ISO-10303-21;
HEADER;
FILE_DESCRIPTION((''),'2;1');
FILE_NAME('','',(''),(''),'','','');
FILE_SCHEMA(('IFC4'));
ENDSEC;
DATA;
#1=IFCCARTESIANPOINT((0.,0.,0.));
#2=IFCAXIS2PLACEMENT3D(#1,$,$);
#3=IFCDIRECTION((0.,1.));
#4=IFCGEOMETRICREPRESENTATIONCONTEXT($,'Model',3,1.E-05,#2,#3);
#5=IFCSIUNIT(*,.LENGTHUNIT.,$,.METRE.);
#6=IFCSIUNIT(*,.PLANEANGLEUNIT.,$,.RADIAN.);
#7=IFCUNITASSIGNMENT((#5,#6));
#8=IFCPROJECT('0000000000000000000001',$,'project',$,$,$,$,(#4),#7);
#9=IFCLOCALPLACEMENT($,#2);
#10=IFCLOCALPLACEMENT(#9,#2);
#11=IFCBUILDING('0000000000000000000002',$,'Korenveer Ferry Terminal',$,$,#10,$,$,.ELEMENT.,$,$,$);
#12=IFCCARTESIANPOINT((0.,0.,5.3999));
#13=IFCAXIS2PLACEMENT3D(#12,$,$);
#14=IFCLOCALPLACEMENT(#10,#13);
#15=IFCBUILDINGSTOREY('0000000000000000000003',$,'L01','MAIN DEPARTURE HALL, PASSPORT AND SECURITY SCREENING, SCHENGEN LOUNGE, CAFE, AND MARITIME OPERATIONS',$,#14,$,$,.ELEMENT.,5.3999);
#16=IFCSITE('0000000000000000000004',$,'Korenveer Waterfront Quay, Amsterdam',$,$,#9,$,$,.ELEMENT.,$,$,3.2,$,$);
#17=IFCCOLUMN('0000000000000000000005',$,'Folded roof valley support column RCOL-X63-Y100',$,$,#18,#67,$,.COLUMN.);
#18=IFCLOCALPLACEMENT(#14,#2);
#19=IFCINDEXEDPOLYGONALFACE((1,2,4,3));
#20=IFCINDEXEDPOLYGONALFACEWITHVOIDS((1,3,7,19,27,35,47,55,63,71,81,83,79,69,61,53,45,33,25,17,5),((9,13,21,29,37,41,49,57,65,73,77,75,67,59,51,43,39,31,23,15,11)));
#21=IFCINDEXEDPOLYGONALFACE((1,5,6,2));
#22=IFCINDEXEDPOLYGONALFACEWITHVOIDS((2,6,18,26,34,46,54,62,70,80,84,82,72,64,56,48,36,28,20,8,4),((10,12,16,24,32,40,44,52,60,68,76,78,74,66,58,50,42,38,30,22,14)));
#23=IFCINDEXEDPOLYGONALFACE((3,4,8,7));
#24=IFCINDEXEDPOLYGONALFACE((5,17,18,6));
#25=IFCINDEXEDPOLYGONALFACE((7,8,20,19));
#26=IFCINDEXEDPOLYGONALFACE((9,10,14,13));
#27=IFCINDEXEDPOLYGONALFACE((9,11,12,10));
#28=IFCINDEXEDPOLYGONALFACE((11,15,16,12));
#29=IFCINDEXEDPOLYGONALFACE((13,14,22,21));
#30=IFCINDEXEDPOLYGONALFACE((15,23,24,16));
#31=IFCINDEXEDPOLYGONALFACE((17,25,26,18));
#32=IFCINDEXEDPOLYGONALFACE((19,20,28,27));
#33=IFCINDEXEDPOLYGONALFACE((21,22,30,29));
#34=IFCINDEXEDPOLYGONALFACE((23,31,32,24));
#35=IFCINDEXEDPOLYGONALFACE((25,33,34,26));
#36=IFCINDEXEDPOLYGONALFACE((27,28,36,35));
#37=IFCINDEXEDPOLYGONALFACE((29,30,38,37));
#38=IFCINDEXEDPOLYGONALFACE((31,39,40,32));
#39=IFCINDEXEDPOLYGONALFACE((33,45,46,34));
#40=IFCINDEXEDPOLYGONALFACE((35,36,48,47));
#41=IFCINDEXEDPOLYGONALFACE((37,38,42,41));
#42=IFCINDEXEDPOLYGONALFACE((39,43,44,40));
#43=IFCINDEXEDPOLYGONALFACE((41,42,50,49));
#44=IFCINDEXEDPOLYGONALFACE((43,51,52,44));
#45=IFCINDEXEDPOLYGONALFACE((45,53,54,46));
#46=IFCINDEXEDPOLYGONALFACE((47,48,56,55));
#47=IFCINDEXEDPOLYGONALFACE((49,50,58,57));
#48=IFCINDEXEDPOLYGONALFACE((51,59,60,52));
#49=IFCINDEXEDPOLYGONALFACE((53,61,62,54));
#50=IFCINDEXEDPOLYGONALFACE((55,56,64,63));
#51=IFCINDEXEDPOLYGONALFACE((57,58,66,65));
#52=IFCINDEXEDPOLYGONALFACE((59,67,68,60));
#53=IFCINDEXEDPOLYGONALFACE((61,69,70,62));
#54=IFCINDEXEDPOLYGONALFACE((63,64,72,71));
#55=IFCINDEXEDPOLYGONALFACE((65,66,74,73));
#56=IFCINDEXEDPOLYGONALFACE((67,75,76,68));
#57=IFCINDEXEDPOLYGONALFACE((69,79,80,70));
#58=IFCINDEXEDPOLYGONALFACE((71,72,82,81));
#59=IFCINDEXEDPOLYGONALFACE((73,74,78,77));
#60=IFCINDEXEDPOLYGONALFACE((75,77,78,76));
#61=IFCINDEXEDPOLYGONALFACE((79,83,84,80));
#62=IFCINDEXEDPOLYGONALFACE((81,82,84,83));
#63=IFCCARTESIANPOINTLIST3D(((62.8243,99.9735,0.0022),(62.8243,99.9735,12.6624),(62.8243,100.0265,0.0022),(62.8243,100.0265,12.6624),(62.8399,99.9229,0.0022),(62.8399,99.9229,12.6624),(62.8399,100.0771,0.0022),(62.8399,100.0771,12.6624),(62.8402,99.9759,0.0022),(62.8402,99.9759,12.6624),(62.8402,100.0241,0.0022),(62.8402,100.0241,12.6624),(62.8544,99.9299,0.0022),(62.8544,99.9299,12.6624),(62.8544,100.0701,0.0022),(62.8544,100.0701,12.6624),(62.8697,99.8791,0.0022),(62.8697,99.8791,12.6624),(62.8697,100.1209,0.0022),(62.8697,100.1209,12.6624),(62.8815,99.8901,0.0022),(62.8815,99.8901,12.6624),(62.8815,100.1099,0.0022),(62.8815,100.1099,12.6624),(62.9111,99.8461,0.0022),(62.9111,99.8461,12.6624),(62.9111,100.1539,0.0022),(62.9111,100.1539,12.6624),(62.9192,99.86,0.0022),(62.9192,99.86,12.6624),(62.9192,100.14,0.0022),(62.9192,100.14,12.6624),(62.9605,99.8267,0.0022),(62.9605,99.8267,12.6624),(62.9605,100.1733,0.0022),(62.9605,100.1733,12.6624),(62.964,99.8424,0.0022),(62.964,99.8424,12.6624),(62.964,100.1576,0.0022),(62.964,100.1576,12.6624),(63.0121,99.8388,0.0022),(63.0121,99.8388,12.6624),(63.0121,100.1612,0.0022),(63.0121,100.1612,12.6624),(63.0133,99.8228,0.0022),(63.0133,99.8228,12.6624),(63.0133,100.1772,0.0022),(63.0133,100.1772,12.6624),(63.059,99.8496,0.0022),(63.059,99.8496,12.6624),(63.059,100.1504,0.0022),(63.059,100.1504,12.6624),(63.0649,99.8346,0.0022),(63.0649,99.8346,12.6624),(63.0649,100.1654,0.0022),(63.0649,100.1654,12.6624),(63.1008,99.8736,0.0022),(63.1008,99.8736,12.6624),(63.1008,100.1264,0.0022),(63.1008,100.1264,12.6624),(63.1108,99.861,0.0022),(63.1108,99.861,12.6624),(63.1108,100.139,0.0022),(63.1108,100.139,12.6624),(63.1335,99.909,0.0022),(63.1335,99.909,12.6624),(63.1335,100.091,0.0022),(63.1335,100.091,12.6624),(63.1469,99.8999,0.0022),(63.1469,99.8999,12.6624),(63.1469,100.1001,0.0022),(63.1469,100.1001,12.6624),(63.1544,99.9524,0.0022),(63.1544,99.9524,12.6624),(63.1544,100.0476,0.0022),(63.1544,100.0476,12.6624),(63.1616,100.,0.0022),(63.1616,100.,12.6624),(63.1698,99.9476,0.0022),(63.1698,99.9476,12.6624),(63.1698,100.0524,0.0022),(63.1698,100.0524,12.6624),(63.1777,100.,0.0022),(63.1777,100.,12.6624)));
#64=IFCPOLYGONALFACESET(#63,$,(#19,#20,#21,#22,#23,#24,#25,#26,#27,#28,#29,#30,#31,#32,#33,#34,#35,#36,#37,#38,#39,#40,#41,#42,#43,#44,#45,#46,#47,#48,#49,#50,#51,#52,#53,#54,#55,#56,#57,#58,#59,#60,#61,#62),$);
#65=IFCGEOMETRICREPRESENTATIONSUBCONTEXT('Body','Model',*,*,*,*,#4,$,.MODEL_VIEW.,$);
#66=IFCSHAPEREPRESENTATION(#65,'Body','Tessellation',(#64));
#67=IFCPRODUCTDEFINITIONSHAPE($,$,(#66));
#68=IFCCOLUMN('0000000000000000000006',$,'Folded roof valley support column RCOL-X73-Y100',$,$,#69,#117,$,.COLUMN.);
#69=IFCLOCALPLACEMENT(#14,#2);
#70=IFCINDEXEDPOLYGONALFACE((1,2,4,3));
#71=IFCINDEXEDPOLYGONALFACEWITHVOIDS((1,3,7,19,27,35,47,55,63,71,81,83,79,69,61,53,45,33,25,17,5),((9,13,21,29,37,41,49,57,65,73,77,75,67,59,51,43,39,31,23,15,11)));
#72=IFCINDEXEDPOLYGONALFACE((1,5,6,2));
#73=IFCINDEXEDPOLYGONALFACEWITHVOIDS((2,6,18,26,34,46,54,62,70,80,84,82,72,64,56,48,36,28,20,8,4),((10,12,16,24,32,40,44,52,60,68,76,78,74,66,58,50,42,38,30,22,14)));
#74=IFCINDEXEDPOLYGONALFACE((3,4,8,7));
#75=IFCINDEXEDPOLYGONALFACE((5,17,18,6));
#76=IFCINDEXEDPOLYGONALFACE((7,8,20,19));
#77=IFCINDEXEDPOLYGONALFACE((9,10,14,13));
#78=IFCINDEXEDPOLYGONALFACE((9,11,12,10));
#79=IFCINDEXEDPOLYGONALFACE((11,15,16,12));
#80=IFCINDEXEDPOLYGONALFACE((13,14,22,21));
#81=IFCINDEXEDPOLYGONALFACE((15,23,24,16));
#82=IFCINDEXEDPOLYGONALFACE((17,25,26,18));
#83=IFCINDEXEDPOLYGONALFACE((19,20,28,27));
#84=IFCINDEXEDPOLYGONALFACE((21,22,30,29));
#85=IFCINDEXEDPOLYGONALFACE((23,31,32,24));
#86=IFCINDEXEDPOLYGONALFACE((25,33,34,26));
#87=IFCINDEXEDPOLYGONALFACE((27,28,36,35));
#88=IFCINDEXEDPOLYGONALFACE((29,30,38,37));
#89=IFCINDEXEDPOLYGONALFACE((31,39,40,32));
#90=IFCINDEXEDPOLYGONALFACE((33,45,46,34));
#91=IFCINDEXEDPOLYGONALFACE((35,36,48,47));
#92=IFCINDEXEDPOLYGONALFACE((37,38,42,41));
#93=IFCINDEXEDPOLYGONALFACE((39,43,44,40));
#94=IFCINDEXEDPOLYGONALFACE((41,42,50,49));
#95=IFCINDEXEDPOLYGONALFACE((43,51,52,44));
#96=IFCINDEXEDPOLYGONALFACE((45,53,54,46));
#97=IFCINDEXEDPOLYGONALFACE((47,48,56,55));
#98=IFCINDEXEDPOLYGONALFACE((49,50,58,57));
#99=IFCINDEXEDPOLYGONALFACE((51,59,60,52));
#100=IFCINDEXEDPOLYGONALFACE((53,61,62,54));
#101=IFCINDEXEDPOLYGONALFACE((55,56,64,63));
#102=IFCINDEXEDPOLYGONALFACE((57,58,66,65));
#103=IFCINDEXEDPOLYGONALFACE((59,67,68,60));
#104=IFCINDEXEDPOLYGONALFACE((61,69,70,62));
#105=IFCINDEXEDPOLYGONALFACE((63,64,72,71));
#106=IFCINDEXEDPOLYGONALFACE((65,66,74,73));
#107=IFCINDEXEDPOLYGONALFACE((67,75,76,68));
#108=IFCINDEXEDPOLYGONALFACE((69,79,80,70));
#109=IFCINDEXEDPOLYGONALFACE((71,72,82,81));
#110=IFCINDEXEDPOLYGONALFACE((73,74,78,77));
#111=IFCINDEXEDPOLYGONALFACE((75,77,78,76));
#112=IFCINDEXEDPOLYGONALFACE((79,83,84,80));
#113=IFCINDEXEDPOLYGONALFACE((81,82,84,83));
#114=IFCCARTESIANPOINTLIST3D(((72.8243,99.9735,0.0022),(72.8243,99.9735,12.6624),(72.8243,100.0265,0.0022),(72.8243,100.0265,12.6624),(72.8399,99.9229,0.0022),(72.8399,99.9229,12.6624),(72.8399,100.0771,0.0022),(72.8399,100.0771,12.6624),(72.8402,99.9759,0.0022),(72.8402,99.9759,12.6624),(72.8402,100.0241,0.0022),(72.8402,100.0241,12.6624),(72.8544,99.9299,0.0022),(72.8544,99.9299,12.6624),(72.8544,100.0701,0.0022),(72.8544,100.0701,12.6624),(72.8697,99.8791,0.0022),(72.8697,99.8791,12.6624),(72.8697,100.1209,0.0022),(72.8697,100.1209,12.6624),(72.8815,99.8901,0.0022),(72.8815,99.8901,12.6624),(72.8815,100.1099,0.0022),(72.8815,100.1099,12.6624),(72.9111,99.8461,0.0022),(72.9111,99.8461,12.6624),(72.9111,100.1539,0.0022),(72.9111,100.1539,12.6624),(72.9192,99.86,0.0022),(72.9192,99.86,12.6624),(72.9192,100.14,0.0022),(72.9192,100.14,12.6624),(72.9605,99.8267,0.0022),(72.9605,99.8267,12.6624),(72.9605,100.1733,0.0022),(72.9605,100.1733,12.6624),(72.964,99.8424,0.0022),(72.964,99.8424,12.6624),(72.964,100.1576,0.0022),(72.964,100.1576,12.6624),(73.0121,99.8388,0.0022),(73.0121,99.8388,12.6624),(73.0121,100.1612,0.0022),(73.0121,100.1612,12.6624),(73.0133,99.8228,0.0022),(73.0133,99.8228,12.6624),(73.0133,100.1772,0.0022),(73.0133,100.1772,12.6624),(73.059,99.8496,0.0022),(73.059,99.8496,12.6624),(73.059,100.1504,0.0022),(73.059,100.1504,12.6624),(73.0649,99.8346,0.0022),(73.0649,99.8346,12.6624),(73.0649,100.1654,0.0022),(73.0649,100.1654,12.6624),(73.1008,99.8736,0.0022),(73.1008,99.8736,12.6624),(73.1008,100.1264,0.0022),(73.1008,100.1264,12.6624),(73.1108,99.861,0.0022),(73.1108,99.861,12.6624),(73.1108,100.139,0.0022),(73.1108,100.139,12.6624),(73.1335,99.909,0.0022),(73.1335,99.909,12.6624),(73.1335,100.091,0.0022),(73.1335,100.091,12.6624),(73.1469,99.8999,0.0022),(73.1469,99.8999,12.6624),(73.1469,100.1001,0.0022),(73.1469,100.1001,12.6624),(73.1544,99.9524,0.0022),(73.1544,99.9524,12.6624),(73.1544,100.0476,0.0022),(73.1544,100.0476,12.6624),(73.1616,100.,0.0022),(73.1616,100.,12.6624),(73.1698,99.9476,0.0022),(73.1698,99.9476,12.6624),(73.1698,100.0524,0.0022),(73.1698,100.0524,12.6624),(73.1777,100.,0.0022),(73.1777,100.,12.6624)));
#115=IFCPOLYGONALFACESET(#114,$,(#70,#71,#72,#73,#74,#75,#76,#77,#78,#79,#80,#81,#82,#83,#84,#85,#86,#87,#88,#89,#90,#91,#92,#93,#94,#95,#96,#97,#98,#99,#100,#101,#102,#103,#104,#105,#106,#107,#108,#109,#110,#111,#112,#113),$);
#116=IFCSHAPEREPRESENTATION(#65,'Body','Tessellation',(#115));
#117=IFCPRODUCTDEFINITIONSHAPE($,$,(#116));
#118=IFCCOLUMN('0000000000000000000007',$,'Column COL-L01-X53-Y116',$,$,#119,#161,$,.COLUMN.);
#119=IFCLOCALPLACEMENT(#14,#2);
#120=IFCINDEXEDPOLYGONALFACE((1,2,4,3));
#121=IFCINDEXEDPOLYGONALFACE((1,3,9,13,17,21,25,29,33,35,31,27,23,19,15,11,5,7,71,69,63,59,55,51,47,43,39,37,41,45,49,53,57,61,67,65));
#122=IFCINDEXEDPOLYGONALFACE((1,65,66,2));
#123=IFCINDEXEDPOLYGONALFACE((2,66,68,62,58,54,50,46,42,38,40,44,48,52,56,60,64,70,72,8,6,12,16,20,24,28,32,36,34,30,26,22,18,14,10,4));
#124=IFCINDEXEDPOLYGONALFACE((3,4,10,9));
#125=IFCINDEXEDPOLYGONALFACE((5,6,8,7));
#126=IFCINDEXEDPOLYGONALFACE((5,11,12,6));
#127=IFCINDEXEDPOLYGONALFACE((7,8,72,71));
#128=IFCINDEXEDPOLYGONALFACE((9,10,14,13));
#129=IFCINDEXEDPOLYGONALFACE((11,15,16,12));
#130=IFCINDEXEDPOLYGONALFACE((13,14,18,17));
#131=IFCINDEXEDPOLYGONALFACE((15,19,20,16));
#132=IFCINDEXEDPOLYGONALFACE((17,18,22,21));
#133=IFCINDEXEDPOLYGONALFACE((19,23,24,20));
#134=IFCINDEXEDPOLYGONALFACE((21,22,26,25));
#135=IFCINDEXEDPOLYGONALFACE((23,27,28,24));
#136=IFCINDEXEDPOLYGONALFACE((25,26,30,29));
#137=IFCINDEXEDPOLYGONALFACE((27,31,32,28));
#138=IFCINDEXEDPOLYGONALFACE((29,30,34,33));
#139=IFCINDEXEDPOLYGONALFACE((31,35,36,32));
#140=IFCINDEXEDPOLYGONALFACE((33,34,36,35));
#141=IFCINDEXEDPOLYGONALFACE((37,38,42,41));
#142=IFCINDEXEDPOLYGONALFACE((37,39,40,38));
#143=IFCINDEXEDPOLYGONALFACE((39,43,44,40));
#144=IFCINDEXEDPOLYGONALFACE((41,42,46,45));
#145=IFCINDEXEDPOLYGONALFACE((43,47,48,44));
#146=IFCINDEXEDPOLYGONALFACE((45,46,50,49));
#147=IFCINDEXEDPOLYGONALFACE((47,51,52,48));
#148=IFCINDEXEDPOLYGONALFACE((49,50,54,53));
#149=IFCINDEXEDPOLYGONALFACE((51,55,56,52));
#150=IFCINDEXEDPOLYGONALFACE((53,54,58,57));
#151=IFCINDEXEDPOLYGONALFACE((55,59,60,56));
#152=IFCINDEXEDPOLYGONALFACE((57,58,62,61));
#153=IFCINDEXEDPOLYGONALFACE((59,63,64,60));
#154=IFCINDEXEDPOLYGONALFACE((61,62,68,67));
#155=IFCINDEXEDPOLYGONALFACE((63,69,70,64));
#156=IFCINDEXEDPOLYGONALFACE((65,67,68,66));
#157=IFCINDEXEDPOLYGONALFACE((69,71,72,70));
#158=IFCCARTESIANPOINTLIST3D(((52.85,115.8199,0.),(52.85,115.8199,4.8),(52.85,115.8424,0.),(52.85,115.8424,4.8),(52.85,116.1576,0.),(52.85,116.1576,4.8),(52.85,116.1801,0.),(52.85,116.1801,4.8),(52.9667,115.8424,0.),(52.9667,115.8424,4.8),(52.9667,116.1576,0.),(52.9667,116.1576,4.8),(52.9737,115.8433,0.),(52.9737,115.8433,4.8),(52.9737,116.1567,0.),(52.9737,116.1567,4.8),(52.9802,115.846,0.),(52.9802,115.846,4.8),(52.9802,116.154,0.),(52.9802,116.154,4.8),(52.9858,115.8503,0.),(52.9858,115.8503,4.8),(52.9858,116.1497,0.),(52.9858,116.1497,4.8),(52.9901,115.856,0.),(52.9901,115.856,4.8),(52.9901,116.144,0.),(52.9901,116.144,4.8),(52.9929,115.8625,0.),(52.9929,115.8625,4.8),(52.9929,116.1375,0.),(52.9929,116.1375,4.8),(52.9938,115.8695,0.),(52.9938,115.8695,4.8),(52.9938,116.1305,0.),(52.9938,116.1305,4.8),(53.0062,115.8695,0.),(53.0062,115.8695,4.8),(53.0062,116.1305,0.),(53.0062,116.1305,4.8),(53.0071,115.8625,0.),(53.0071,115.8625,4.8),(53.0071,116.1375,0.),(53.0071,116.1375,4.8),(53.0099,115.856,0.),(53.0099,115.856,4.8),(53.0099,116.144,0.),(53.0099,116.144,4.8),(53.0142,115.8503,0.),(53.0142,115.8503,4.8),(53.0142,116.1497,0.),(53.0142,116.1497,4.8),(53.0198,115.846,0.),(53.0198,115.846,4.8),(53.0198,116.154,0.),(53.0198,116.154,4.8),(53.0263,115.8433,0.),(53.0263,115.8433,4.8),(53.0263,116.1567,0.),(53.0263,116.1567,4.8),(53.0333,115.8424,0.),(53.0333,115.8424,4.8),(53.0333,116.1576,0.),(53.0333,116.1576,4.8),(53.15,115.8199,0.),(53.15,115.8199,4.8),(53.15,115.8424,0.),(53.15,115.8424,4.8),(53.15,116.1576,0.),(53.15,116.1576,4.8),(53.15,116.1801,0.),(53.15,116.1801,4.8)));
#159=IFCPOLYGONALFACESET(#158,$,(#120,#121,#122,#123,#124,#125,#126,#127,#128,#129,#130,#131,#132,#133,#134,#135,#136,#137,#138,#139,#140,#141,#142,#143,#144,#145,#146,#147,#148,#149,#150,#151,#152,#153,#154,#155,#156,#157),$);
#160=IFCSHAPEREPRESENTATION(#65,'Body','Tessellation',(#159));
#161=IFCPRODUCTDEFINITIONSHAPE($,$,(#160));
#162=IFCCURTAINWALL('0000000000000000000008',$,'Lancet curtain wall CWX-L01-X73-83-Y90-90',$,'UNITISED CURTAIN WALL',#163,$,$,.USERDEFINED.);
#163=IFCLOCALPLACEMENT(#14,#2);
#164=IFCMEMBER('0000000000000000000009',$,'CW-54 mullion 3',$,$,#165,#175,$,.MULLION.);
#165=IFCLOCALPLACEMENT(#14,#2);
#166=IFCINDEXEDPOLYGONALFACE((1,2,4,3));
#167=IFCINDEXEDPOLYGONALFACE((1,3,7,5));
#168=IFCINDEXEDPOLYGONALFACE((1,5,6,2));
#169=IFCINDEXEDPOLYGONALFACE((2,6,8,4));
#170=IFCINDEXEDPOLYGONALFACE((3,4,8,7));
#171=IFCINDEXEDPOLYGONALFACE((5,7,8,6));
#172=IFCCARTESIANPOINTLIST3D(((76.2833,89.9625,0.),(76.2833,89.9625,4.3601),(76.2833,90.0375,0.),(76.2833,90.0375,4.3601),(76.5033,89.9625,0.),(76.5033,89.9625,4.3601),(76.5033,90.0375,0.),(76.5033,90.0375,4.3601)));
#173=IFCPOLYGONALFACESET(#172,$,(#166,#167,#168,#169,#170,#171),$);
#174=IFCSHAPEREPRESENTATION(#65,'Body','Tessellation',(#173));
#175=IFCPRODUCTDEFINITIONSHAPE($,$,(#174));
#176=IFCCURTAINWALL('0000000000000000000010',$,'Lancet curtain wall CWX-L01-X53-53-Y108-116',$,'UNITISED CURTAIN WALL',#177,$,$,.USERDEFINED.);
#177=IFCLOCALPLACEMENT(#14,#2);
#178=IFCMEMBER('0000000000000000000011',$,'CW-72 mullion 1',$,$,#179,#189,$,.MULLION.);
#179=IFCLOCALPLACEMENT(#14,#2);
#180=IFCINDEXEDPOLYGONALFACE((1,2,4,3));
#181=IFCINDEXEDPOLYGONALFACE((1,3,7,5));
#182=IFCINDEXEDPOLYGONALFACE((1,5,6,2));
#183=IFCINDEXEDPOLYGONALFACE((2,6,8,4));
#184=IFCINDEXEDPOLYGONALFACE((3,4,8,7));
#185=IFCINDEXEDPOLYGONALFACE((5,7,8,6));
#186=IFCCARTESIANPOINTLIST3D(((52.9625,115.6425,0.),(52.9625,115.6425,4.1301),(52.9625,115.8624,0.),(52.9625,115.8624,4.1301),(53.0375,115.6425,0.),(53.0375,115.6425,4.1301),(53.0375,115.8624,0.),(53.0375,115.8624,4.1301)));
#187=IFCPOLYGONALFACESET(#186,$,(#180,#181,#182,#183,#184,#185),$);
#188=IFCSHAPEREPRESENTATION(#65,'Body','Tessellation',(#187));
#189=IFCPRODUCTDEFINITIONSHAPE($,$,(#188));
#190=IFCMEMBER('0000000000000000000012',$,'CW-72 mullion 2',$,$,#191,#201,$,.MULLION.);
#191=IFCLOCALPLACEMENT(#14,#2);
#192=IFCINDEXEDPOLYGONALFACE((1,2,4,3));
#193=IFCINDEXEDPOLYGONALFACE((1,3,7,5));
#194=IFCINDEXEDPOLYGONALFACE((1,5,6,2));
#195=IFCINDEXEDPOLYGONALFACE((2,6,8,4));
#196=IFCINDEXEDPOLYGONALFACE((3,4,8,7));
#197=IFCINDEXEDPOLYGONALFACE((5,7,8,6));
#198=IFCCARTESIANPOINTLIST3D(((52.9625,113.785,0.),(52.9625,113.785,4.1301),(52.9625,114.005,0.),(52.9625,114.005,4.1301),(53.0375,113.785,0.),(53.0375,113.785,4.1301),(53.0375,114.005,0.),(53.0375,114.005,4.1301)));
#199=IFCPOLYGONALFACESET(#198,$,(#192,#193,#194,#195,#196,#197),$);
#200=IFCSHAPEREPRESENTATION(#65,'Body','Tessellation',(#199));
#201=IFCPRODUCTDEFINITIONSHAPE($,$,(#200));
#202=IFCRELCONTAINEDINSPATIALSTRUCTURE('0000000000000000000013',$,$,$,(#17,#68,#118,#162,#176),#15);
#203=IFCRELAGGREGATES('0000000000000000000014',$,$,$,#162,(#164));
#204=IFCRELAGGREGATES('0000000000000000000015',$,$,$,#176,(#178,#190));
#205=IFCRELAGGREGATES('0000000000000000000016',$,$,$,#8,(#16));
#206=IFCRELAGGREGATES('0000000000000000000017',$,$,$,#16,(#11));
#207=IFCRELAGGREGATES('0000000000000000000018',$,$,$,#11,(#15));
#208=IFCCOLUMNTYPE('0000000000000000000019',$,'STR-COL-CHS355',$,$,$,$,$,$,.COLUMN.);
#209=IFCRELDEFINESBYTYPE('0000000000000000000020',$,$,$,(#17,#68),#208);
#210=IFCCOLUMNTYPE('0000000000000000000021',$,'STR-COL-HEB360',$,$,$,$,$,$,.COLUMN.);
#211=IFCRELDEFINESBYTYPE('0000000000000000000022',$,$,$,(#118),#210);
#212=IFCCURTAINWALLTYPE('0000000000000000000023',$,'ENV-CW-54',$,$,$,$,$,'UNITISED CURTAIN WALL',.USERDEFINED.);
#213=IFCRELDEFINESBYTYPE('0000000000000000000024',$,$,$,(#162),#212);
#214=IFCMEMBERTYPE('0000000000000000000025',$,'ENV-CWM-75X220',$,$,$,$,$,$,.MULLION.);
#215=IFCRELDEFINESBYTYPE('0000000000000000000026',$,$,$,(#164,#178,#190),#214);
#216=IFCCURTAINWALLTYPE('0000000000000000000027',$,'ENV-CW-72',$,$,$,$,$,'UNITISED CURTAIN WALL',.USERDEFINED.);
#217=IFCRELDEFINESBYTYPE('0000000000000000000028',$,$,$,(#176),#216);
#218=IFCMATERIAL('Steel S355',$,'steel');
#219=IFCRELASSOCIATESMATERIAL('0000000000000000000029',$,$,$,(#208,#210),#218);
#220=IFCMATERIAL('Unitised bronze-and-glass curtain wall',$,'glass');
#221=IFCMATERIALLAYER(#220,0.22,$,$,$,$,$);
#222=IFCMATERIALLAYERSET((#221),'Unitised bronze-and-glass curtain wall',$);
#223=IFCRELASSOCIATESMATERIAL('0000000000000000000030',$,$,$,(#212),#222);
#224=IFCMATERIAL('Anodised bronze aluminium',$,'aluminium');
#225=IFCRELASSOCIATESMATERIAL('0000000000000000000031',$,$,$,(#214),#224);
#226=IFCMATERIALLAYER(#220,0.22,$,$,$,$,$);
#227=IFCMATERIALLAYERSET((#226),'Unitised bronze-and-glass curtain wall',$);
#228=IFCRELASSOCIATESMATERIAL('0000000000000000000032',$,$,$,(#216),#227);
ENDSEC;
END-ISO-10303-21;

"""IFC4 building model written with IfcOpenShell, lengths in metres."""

from ifc_helpers import new_model, si_unit, direction, frame, origin, origin_2d, place, context, subcontext, project, spatial, rectangle, hollow_circle, i_section, extrude, material, layer, layer_set, material_profile, profile_set, type_object, element, aggregate, save


model = new_model("IFC4")

# Units and contexts
model_context = context("Model", 3, precision=1e-05, world=origin(), true_north=direction((0.0, 1.0)))
body_context = subcontext(model_context, "Body", "Model", "MODEL_VIEW")
ifc_project = project(units=[si_unit("LENGTHUNIT", "METRE"), si_unit("PLANEANGLEUNIT", "RADIAN")], contexts=[model_context])

# Site, building, storey
site_placement = place(None, origin())
site = spatial("IfcSite", under=ifc_project, at=site_placement, Name="Korenveer Waterfront Quay, Amsterdam", CompositionType="ELEMENT", RefElevation=3.2)
building_placement = place(site_placement, origin())
building = spatial("IfcBuilding", under=site, at=building_placement, Name="Korenveer Ferry Terminal", CompositionType="ELEMENT")
storey_placement = place(building_placement, frame((0.0, 0.0, 5.3999)))
storey = spatial("IfcBuildingStorey", under=building, at=storey_placement, Name="L01", Description="MAIN DEPARTURE HALL, PASSPORT AND SECURITY SCREENING, SCHENGEN LOUNGE, CAFE, AND MARITIME OPERATIONS", CompositionType="ELEMENT", Elevation=5.3999)

# Columns
ifc_material_1 = material(Name="Steel S355", Category="steel")
ifc_material_profile_1 = material_profile(ifc_material_1, hollow_circle(Radius=0.1777, WallThickness=0.0161, at=origin_2d()), Name="CHS 355.6x16")
ifc_profile_set_1 = profile_set([ifc_material_profile_1], Name="Steel S355")
column_type_1 = type_object("IfcColumnType", Name="STR-COL-CHS355", PredefinedType="COLUMN", material=ifc_profile_set_1)
for number, where, z_axis, x_axis, name in (
    (1, (63.0, 100.0, 0.0022), (0.0, 0.0, 1.0), (1.0, 0.0, 0.0), "Folded roof valley support column RCOL-X63-Y100"),
    (2, (73.0, 100.0, 0.0022), (0.0, 0.0, 1.0), (1.0, 0.0, 0.0), "Folded roof valley support column RCOL-X73-Y100"),
):
    element("IfcColumn", number, at=place(storey_placement, frame(where, z_axis=z_axis, x_axis=x_axis)), inside=storey, type_object=column_type_1, Name=name, PredefinedType="COLUMN", context=body_context, shape_type="SweptSolid", body=[
        extrude(hollow_circle(Radius=0.1777, WallThickness=0.0161, at=origin_2d()), origin(), (0.0, 0.0, 1.0), 12.6602),
    ])
ifc_material_profile_2 = material_profile(ifc_material_1, i_section(OverallWidth=0.3, OverallDepth=0.3601, WebThickness=0.0125, FlangeThickness=0.0225, FilletRadius=0.0271, at=origin_2d()), Name="HEB 360")
ifc_profile_set_2 = profile_set([ifc_material_profile_2], Name="Steel S355")
column_type_2 = type_object("IfcColumnType", Name="STR-COL-HEB360", PredefinedType="COLUMN", material=ifc_profile_set_2)
column_placement = place(storey_placement, frame((53.0, 116.0, 0.0), z_axis=(0.0, 0.0, 1.0), x_axis=(1.0, 0.0, 0.0)))
element("IfcColumn", 3, at=column_placement, inside=storey, type_object=column_type_2, Name="Column COL-L01-X53-Y116", PredefinedType="COLUMN", context=body_context, shape_type="SweptSolid", body=[
    extrude(i_section(OverallWidth=0.3, OverallDepth=0.3601, WebThickness=0.0125, FlangeThickness=0.0225, FilletRadius=0.0271, at=origin_2d()), origin(), (0.0, 0.0, 1.0), 4.8),
])

# Curtain wall, member
ifc_material_2 = material(Name="Unitised bronze-and-glass curtain wall", Category="glass")
ifc_layer_1 = layer(ifc_material_2, 0.22)
ifc_layer_set_1 = layer_set([ifc_layer_1], Name="Unitised bronze-and-glass curtain wall")
curtain_wall_type_1 = type_object("IfcCurtainWallType", Name="ENV-CW-54", ElementType="UNITISED CURTAIN WALL", PredefinedType="USERDEFINED", material=ifc_layer_set_1)
curtain_wall_1_placement = place(storey_placement, frame((73.1799, 90.0, 0.0)))
curtain_wall_1 = element("IfcCurtainWall", 4, at=curtain_wall_1_placement, inside=storey, type_object=curtain_wall_type_1, Name="Lancet curtain wall CWX-L01-X73-83-Y90-90", ObjectType="UNITISED CURTAIN WALL", PredefinedType="USERDEFINED")
ifc_material_3 = material(Name="Anodised bronze aluminium", Category="aluminium")
ifc_material_profile_3 = material_profile(ifc_material_3, rectangle(XDim=0.075, YDim=0.22, at=origin_2d()), Name="ALU 75x220")
ifc_profile_set_3 = profile_set([ifc_material_profile_3], Name="Anodised bronze aluminium")
member_type_1 = type_object("IfcMemberType", Name="ENV-CWM-75X220", PredefinedType="MULLION", material=ifc_profile_set_3)
member_1_placement = place(storey_placement, frame((76.3933, 90.0, 0.0), z_axis=(0.0, 0.0, 1.0), x_axis=(0.0, 1.0, 0.0)))
member_1 = element("IfcMember", 5, at=member_1_placement, type_object=member_type_1, Name="CW-54 mullion 3", PredefinedType="MULLION", context=body_context, shape_type="SweptSolid", body=[
    extrude(rectangle(XDim=0.075, YDim=0.22, at=origin_2d()), origin(), (0.0, 0.0, 1.0), 4.3601),
])

# Curtain wall, members
ifc_layer_2 = layer(ifc_material_2, 0.22)
ifc_layer_set_2 = layer_set([ifc_layer_2], Name="Unitised bronze-and-glass curtain wall")
curtain_wall_type_2 = type_object("IfcCurtainWallType", Name="ENV-CW-72", ElementType="UNITISED CURTAIN WALL", PredefinedType="USERDEFINED", material=ifc_layer_set_2)
curtain_wall_2_placement = place(storey_placement, frame((53.0, 115.79, 0.0)))
curtain_wall_2 = element("IfcCurtainWall", 6, at=curtain_wall_2_placement, inside=storey, type_object=curtain_wall_type_2, Name="Lancet curtain wall CWX-L01-X53-53-Y108-116", ObjectType="UNITISED CURTAIN WALL", PredefinedType="USERDEFINED")
member_2_placement = place(storey_placement, frame((53.0, 115.7524, 0.0), z_axis=(0.0, 0.0, 1.0), x_axis=(1.0, 0.0, 0.0)))
member_2 = element("IfcMember", 7, at=member_2_placement, type_object=member_type_1, Name="CW-72 mullion 1", PredefinedType="MULLION", context=body_context, shape_type="SweptSolid", body=[
    extrude(rectangle(XDim=0.075, YDim=0.22, at=origin_2d()), origin(), (0.0, 0.0, 1.0), 4.1301),
])
member_3_placement = place(storey_placement, frame((53.0, 113.895, 0.0), z_axis=(0.0, 0.0, 1.0), x_axis=(1.0, 0.0, 0.0)))
member_3 = element("IfcMember", 8, at=member_3_placement, type_object=member_type_1, Name="CW-72 mullion 2", PredefinedType="MULLION", context=body_context, shape_type="SweptSolid", body=[
    extrude(rectangle(XDim=0.075, YDim=0.22, at=origin_2d()), origin(), (0.0, 0.0, 1.0), 4.1301),
])

aggregate(curtain_wall_1, [member_1])
aggregate(curtain_wall_2, [member_2, member_3])

save(model, "model.ifc")
